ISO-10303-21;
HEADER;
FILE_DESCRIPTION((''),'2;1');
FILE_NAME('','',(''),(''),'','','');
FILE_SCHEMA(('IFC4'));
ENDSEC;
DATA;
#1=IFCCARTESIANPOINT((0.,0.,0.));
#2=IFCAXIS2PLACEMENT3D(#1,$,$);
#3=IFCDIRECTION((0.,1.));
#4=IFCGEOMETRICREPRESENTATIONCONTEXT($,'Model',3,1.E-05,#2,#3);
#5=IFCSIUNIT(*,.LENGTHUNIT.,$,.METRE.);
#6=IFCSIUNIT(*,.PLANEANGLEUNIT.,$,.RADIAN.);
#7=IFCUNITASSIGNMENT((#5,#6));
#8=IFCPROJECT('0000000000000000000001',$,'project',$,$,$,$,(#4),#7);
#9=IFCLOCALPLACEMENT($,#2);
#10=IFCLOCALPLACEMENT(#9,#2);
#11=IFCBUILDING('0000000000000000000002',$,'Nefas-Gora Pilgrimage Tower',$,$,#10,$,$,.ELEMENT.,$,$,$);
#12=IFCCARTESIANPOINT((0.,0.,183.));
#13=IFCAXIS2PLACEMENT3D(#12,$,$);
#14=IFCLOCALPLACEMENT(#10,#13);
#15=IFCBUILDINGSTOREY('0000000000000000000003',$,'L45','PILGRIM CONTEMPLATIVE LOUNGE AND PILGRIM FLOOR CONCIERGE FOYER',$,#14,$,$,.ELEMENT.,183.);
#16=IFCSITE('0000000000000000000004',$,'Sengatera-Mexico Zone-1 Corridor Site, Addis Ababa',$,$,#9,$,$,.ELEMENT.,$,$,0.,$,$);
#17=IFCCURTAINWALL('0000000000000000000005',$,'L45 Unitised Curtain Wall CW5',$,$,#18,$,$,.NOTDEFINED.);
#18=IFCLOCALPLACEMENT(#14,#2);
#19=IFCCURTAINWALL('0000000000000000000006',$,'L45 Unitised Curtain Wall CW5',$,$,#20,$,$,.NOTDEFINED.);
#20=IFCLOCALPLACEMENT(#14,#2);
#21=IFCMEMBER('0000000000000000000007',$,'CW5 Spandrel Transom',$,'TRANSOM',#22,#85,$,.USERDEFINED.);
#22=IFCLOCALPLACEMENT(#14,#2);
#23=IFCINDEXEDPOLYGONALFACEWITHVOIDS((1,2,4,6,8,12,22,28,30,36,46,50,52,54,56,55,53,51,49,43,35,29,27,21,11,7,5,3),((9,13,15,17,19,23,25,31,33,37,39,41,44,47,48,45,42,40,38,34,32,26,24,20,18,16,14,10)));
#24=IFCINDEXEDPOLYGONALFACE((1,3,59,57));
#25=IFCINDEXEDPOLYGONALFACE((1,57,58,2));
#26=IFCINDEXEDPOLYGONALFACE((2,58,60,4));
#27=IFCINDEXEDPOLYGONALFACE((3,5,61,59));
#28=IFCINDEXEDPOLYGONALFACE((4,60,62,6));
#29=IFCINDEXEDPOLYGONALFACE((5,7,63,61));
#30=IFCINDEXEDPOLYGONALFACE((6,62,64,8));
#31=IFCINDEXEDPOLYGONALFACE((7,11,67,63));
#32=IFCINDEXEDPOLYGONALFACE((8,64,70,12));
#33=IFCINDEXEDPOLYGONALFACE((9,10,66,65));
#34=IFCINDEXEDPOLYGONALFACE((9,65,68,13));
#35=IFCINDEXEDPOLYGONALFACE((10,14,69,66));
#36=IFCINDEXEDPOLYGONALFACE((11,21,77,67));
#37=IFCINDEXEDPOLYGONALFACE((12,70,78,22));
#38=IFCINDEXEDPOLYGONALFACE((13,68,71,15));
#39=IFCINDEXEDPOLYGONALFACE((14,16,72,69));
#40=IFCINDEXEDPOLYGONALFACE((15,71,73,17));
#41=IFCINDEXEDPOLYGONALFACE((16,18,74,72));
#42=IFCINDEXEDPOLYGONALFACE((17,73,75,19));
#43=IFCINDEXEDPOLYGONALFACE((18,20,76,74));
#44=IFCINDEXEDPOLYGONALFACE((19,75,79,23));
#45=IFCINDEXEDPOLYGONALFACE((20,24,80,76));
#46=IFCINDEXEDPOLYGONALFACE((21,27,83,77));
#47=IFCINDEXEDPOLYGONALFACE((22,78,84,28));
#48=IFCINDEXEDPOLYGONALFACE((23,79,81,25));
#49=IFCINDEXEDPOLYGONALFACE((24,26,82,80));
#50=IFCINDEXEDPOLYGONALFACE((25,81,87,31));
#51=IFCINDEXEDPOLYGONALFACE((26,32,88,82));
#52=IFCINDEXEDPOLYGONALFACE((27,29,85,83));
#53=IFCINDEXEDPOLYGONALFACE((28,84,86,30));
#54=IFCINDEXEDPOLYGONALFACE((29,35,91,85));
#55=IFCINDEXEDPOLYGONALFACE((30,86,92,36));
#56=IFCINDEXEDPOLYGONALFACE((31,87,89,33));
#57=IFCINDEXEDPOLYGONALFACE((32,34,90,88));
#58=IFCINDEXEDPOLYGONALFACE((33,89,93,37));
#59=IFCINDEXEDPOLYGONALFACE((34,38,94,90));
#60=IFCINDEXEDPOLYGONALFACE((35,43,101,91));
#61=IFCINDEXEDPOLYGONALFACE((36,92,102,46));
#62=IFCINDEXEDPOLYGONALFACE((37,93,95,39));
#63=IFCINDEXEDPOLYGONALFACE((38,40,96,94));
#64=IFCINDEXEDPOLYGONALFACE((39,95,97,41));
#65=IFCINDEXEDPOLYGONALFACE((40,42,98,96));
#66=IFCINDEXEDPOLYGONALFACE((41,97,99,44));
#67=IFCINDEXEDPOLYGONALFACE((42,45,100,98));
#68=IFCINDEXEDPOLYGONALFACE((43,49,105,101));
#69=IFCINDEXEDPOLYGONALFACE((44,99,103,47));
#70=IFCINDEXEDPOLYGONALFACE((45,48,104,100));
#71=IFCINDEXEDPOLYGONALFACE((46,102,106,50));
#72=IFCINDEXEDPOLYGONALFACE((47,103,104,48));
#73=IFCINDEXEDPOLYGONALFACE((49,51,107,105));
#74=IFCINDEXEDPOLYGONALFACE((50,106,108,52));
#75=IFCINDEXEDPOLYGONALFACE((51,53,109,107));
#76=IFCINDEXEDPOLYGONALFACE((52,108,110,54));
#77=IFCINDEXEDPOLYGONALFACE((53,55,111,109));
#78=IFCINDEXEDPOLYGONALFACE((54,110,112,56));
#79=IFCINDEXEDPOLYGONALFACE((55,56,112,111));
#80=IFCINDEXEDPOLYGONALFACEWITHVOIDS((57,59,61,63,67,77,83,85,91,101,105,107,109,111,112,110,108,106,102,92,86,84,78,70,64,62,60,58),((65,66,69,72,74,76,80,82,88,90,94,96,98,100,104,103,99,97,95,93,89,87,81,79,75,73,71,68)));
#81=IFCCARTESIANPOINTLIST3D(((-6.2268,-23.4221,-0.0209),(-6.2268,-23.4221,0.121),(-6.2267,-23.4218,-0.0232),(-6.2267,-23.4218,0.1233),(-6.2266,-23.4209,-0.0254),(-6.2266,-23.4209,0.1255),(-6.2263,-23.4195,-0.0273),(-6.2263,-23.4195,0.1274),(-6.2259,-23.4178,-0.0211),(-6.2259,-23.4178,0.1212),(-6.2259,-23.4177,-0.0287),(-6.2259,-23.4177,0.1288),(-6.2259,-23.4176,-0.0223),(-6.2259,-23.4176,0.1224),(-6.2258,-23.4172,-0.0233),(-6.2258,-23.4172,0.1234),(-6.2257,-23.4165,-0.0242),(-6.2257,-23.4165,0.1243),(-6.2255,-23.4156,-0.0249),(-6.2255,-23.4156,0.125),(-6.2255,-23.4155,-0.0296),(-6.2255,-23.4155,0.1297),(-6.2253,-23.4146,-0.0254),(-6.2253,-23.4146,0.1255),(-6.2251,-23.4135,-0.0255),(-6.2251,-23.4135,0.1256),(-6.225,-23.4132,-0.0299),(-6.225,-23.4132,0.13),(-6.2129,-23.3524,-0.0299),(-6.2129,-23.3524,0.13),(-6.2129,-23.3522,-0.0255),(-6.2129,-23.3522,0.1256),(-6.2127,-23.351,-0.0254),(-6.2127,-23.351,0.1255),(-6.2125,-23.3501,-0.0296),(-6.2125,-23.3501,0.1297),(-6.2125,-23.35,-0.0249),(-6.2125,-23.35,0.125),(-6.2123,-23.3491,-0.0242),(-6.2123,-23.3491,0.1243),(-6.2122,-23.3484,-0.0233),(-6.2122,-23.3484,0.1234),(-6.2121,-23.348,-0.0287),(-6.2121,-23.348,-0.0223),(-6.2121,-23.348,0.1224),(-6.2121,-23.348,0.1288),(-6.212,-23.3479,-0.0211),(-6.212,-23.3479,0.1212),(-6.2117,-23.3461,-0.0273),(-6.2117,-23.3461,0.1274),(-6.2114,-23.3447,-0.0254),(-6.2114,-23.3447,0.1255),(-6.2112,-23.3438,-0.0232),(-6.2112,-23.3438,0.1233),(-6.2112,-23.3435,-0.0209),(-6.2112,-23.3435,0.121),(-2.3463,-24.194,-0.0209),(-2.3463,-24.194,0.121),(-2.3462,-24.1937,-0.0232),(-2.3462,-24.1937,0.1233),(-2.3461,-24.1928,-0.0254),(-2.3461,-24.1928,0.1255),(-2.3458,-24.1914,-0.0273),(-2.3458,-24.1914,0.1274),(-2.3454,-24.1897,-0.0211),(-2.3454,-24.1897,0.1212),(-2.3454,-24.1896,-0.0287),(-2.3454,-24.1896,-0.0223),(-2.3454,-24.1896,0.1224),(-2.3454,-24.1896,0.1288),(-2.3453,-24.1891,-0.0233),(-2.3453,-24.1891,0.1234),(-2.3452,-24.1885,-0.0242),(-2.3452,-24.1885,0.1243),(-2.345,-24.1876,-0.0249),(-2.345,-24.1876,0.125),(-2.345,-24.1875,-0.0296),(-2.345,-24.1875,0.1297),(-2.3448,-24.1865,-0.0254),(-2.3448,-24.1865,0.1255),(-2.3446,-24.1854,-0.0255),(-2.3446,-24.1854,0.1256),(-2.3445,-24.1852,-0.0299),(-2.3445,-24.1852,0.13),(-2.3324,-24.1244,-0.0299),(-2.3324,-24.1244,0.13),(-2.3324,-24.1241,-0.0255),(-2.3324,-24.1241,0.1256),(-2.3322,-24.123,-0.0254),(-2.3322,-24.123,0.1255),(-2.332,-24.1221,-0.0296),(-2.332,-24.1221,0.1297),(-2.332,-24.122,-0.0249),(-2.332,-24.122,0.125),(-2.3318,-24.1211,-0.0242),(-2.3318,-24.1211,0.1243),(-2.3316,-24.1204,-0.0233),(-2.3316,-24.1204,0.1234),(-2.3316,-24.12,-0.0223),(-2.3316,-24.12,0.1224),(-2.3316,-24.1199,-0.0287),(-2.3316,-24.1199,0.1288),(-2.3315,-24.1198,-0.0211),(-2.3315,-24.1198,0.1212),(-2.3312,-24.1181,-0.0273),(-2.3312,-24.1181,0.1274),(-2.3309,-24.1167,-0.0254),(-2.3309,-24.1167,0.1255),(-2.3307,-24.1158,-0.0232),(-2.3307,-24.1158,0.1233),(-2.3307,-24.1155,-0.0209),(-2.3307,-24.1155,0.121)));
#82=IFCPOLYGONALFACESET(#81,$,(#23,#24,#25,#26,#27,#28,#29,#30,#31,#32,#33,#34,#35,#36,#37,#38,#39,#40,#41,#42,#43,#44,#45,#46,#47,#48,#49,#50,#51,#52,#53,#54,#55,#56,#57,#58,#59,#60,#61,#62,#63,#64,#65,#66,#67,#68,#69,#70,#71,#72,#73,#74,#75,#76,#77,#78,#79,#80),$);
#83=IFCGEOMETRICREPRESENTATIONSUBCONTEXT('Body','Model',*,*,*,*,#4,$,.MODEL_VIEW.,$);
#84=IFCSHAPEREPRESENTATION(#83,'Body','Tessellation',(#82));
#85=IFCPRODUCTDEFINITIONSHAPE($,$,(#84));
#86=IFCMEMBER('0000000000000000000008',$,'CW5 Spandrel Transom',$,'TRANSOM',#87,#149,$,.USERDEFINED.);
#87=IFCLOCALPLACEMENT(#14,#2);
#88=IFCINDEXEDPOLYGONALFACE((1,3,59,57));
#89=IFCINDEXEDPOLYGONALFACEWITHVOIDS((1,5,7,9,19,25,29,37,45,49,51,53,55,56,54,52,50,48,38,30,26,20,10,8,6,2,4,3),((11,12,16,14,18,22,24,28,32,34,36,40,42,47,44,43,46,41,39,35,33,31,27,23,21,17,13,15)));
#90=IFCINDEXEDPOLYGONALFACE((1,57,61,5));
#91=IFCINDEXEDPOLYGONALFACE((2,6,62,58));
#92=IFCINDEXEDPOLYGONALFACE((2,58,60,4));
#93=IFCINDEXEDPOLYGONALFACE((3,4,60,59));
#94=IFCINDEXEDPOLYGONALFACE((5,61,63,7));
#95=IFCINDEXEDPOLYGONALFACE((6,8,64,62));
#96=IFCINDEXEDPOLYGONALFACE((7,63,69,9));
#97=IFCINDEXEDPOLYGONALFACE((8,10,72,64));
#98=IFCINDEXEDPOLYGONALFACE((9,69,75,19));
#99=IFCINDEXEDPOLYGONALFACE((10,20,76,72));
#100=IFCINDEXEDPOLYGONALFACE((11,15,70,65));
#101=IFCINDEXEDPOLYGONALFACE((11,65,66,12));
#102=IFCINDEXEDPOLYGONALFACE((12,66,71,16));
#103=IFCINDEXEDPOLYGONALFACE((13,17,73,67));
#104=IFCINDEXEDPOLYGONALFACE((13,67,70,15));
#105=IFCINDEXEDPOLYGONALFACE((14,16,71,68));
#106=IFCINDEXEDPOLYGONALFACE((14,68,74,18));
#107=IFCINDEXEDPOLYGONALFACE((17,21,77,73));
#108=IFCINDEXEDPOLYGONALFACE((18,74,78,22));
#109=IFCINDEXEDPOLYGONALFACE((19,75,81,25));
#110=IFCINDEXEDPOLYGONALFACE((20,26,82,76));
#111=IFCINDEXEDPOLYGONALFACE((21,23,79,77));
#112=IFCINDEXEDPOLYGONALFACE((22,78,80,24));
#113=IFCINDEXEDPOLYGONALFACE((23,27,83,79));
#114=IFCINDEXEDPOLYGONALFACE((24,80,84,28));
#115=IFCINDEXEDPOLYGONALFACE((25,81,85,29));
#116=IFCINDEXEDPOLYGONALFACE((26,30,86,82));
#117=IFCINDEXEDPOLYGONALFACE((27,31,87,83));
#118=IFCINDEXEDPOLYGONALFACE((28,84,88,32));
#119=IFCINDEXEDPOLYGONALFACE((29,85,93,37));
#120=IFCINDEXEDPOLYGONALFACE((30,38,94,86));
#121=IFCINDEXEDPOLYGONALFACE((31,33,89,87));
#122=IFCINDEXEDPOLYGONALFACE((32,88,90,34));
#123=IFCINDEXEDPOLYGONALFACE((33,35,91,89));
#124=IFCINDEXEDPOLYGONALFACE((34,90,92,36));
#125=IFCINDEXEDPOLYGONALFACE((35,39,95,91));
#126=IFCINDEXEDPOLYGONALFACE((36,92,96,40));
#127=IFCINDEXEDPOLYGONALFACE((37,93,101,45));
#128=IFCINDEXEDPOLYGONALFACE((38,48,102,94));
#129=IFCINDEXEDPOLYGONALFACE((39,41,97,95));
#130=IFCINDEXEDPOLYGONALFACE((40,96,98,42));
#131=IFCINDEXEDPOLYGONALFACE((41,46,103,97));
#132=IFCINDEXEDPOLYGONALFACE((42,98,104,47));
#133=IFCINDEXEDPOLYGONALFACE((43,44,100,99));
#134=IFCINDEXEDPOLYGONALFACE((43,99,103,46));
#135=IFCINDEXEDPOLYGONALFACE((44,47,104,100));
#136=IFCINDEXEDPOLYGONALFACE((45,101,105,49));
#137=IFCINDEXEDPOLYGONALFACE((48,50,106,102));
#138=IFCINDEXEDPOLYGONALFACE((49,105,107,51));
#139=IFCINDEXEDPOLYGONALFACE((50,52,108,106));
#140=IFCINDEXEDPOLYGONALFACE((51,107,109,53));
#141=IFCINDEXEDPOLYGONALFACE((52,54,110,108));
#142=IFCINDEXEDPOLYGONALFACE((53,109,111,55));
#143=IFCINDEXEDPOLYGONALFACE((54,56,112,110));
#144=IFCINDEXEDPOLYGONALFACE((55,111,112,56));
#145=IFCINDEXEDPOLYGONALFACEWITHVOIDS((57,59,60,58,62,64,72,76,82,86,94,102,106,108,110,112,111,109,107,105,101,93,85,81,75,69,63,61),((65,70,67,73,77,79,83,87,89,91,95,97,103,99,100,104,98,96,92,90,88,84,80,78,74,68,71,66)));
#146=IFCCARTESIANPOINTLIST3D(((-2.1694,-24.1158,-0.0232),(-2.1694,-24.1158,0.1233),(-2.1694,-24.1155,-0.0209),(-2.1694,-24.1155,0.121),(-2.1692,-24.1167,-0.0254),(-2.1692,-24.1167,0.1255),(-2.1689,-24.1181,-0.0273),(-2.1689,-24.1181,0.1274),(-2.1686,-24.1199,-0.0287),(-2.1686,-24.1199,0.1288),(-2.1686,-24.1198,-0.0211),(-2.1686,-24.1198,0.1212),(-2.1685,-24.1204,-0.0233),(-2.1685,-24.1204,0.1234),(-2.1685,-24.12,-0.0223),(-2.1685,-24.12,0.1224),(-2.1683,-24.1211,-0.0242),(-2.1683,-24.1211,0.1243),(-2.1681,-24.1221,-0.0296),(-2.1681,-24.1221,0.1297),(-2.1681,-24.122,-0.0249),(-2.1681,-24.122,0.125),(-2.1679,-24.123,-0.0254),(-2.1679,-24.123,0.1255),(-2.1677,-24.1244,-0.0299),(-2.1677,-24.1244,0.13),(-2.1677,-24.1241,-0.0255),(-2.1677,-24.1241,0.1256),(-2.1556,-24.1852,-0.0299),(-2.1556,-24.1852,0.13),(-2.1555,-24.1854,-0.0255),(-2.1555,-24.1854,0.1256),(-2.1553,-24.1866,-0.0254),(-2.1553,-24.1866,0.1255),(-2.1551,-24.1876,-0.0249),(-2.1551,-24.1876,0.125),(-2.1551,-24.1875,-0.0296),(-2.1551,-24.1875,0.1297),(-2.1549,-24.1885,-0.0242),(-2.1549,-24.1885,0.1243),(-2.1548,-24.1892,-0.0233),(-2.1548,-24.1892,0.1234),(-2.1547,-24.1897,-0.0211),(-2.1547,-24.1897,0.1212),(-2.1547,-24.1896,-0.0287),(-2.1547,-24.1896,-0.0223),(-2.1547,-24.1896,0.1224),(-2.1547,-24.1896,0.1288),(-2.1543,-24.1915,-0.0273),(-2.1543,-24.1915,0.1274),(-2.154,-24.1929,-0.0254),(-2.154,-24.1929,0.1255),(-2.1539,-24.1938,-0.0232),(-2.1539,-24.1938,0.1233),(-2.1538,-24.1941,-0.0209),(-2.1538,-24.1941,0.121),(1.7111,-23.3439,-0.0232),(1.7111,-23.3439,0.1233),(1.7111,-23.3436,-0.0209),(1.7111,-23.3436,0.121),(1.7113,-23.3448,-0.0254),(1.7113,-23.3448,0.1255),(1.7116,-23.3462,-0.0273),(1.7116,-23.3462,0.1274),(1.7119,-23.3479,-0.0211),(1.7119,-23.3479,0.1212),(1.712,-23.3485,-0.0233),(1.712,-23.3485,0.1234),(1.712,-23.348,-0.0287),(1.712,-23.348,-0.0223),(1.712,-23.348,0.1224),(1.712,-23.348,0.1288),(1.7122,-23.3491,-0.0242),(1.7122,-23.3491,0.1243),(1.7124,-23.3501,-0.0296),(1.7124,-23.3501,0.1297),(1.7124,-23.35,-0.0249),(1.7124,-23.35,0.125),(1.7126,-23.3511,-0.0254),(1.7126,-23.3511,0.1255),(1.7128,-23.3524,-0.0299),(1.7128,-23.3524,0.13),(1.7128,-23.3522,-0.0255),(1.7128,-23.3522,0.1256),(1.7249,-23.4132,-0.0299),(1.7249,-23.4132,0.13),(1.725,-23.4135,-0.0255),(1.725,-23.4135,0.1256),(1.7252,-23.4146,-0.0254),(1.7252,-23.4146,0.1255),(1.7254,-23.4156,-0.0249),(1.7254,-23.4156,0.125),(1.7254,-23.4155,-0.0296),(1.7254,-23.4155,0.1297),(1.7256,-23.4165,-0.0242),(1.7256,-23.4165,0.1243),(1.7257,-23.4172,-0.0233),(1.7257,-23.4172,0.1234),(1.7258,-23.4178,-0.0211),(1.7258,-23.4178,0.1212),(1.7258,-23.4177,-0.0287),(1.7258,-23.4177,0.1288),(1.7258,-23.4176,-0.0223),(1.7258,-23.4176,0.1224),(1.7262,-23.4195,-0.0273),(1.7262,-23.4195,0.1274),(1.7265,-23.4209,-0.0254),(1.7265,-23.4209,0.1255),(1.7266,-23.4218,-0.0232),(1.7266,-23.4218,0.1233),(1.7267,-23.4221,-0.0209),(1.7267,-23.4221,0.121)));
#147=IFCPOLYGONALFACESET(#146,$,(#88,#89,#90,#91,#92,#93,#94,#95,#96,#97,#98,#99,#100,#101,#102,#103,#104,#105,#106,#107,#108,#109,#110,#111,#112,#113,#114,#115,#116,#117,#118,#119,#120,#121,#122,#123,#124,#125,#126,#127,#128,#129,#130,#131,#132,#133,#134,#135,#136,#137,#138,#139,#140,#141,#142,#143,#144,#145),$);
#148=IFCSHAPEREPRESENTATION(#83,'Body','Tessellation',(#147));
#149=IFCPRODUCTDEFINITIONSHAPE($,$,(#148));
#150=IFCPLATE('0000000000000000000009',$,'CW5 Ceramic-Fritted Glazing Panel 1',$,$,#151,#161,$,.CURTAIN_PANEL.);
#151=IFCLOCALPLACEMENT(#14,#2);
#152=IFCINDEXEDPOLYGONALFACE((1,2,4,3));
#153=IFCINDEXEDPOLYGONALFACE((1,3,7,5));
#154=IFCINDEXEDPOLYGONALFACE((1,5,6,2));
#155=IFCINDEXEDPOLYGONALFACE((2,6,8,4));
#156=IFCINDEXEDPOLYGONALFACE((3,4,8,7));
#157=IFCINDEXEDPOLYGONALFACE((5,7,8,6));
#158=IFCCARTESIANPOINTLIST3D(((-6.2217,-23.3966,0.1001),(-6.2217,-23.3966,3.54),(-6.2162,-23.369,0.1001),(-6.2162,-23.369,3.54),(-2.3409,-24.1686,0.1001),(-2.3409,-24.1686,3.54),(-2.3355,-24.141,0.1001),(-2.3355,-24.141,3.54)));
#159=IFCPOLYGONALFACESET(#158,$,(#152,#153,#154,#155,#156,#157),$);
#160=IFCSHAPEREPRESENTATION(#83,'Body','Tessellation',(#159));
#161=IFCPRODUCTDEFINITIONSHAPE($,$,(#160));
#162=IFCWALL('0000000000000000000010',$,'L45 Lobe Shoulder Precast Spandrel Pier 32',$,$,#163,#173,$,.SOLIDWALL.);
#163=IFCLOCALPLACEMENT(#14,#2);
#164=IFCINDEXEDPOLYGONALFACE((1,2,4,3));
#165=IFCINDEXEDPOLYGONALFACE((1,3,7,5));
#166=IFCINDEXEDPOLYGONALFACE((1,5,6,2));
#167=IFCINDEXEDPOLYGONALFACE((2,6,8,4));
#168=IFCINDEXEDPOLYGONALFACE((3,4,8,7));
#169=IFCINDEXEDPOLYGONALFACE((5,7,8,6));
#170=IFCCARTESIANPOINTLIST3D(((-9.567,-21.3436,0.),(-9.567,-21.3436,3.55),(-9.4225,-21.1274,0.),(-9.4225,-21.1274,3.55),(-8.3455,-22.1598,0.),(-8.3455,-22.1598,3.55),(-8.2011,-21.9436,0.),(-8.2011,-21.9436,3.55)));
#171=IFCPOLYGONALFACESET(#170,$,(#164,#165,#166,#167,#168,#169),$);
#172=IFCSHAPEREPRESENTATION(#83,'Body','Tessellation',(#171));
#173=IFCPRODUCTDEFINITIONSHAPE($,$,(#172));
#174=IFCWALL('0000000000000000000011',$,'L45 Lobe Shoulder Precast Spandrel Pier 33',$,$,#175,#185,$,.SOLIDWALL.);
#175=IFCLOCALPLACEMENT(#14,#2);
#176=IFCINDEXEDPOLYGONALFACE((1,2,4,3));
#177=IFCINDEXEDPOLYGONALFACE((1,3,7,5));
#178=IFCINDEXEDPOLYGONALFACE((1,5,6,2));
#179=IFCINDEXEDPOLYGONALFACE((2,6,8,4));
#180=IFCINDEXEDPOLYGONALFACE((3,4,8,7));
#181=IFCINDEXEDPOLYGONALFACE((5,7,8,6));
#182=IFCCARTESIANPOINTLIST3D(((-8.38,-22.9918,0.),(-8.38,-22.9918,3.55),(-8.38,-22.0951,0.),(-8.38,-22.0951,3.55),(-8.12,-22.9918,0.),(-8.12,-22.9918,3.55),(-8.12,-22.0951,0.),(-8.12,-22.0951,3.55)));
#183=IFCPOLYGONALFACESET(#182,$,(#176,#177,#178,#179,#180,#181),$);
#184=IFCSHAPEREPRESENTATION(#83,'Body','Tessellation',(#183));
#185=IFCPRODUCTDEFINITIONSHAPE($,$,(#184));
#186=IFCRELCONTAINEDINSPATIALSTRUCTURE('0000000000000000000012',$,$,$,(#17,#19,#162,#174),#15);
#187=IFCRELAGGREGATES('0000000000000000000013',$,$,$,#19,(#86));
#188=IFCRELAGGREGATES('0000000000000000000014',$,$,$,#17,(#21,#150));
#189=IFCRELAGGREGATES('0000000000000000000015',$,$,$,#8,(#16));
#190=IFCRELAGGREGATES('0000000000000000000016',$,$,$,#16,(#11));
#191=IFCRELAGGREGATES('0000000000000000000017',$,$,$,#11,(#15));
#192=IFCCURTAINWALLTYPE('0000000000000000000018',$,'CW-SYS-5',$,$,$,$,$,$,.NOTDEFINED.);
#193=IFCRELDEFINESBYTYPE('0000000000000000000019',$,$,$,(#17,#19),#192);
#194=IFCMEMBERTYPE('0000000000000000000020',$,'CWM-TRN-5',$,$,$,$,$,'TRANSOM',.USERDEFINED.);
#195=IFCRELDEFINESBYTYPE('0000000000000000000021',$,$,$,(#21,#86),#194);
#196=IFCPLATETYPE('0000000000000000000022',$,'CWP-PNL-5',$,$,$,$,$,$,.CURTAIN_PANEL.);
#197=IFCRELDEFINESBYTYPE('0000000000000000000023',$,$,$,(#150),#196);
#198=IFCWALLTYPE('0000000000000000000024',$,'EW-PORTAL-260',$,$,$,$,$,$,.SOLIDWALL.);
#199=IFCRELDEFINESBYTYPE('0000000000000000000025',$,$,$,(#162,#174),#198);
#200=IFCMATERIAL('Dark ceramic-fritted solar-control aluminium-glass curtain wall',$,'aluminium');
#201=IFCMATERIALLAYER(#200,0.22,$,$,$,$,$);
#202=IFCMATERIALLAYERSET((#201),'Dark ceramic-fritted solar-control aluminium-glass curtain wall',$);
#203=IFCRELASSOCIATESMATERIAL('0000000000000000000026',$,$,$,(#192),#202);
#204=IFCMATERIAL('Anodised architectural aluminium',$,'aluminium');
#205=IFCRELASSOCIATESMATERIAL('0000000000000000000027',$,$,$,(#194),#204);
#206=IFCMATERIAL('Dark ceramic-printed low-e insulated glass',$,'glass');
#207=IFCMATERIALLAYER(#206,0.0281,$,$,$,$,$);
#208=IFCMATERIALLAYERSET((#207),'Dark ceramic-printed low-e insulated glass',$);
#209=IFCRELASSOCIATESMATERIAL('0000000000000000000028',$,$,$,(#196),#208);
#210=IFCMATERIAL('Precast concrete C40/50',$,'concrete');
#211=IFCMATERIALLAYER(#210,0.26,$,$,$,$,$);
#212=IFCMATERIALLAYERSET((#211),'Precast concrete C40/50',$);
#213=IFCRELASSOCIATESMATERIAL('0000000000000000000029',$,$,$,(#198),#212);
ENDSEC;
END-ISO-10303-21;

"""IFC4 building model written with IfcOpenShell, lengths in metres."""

from ifc_helpers import new_model, si_unit, direction, frame, frame_2d, origin, origin_2d, place, context, subcontext, project, spatial, rectangle, hollow_rectangle, extrude, source, transform, mapped, material, layer, layer_set, material_profile, profile_set, type_object, element, aggregate, save


model = new_model("IFC4")

# Units and contexts
model_context = context("Model", 3, precision=1e-05, world=origin(), true_north=direction((0.0, 1.0)))
body_context = subcontext(model_context, "Body", "Model", "MODEL_VIEW")
ifc_project = project(units=[si_unit("LENGTHUNIT", "METRE"), si_unit("PLANEANGLEUNIT", "RADIAN")], contexts=[model_context])

# Site, building, storey
site_placement = place(None, origin())
site = spatial("IfcSite", under=ifc_project, at=site_placement, Name="Sengatera-Mexico Zone-1 Corridor Site, Addis Ababa", CompositionType="ELEMENT", RefElevation=0.0)
building_placement = place(site_placement, origin())
building = spatial("IfcBuilding", under=site, at=building_placement, Name="Nefas-Gora Pilgrimage Tower", CompositionType="ELEMENT")
storey_placement = place(building_placement, frame((0.0, 0.0, 183.0)))
storey = spatial("IfcBuildingStorey", under=building, at=storey_placement, Name="L45", Description="PILGRIM CONTEMPLATIVE LOUNGE AND PILGRIM FLOOR CONCIERGE FOYER", CompositionType="ELEMENT", Elevation=183.0)

# Shared definitions
ifc_material_1 = material(Name="Dark ceramic-fritted solar-control aluminium-glass curtain wall", Category="aluminium")
ifc_layer_1 = layer(ifc_material_1, 0.22)
ifc_layer_set_1 = layer_set([ifc_layer_1], Name="Dark ceramic-fritted solar-control aluminium-glass curtain wall")
curtain_wall_type = type_object("IfcCurtainWallType", Name="CW-SYS-5", PredefinedType="NOTDEFINED", material=ifc_layer_set_1)
ifc_material_2 = material(Name="Anodised architectural aluminium", Category="aluminium")

# Curtain wall
curtain_wall_1_placement = place(storey_placement, origin())
curtain_wall_1 = element("IfcCurtainWall", 1, at=curtain_wall_1_placement, inside=storey, type_object=curtain_wall_type, Name="L45 Unitised Curtain Wall CW5", PredefinedType="NOTDEFINED")

# Curtain wall
curtain_wall_2_placement = place(storey_placement, origin())
curtain_wall_2 = element("IfcCurtainWall", 2, at=curtain_wall_2_placement, inside=storey, type_object=curtain_wall_type, Name="L45 Unitised Curtain Wall CW5", PredefinedType="NOTDEFINED")

# Members
ifc_material_profile_1 = material_profile(ifc_material_2, hollow_rectangle(XDim=0.0801, YDim=0.1599, WallThickness=0.0044, InnerFilletRadius=0.0044, OuterFilletRadius=0.009, at=origin_2d()), Name="ALU TRANSOM 80x160")
ifc_profile_set_1 = profile_set([ifc_material_profile_1], Name="Anodised architectural aluminium")
member_type_1 = type_object("IfcMemberType", Name="CWM-TRN-5", ElementType="TRANSOM", PredefinedType="USERDEFINED", material=ifc_profile_set_1)
shared_shape_1 = source(origin(), body_context, "Body", "SweptSolid", [
    extrude(hollow_rectangle(XDim=0.0801, YDim=0.1599, WallThickness=0.0044, InnerFilletRadius=0.0044, OuterFilletRadius=0.009, at=origin_2d()), origin(), (0.0, 0.0, 1.0), 3.9565),
])
member_1_placement = place(storey_placement, frame((-6.219, -23.3828, 0.05), z_axis=(0.980782, -0.195107, 0.0), x_axis=(0.195107, 0.980782, 0.0)))
member_1 = element("IfcMember", 3, at=member_1_placement, type_object=member_type_1, Name="CW5 Spandrel Transom", ObjectType="TRANSOM", PredefinedType="USERDEFINED", context=body_context, shape_type="MappedRepresentation", body=[
    mapped(shared_shape_1, transform((0.0, 0.0, 0.0), x_axis=(1.0, 0.0, 0.0), y_axis=(0.0, 1.0, 0.0), z_axis=(0.0, 0.0, 1.0), scale=1.0)),
])
member_2_placement = place(storey_placement, frame((-2.1616, -24.1548, 0.05), z_axis=(0.980782, 0.195107, 0.0), x_axis=(-0.195107, 0.980782, 0.0)))
member_2 = element("IfcMember", 4, at=member_2_placement, type_object=member_type_1, Name="CW5 Spandrel Transom", ObjectType="TRANSOM", PredefinedType="USERDEFINED", context=body_context, shape_type="MappedRepresentation", body=[
    mapped(shared_shape_1, transform((0.0, 0.0, 0.0), x_axis=(1.0, 0.0, 0.0), y_axis=(0.0, 1.0, 0.0), z_axis=(0.0, 0.0, 1.0), scale=1.0)),
])
aggregate(curtain_wall_2, [member_2])

# Plate
ifc_material_3 = material(Name="Dark ceramic-printed low-e insulated glass", Category="glass")
ifc_layer_2 = layer(ifc_material_3, 0.0281)
ifc_layer_set_2 = layer_set([ifc_layer_2], Name="Dark ceramic-printed low-e insulated glass")
plate_type = type_object("IfcPlateType", Name="CWP-PNL-5", PredefinedType="CURTAIN_PANEL", material=ifc_layer_set_2)
shared_shape_2 = source(origin(), body_context, "Body", "SweptSolid", [
    extrude(rectangle(XDim=3.9568, YDim=0.0281, at=origin_2d()), origin(), (0.0, 0.0, 1.0), 3.4399),
])
plate_placement = place(storey_placement, frame((-4.2786, -23.7688, 0.1001), z_axis=(0.0, 0.0, 1.0), x_axis=(0.980783, -0.195102, 0.0)))
plate = element("IfcPlate", 5, at=plate_placement, type_object=plate_type, Name="CW5 Ceramic-Fritted Glazing Panel 1", PredefinedType="CURTAIN_PANEL", context=body_context, shape_type="MappedRepresentation", body=[
    mapped(shared_shape_2, transform((0.0, 0.0, 0.0), x_axis=(1.0, 0.0, 0.0), y_axis=(0.0, 1.0, 0.0), z_axis=(0.0, 0.0, 1.0), scale=1.0)),
])
aggregate(curtain_wall_1, [member_1, plate])

# Walls
ifc_material_4 = material(Name="Precast concrete C40/50", Category="concrete")
ifc_layer_3 = layer(ifc_material_4, 0.26)
ifc_layer_set_3 = layer_set([ifc_layer_3], Name="Precast concrete C40/50")
wall_type_1 = type_object("IfcWallType", Name="EW-PORTAL-260", PredefinedType="SOLIDWALL", material=ifc_layer_set_3)
shared_shape_3 = source(origin(), body_context, "Body", "SweptSolid", [
    extrude(rectangle(XDim=1.469, YDim=0.26, at=frame_2d((0.7344, 0.0))), origin(), (0.0, 0.0, 1.0), 3.55),
])
wall_1_placement = place(storey_placement, frame((-9.4946, -21.2356, 0.0), z_axis=(0.0, 0.0, 1.0), x_axis=(0.831462, -0.555582, 0.0)))
element("IfcWall", 6, at=wall_1_placement, inside=storey, type_object=wall_type_1, Name="L45 Lobe Shoulder Precast Spandrel Pier 32", PredefinedType="SOLIDWALL", context=body_context, shape_type="MappedRepresentation", body=[
    mapped(shared_shape_3, transform((0.0, 0.0, 0.0), x_axis=(1.0, 0.0, 0.0), y_axis=(0.0, 1.0, 0.0), z_axis=(0.0, 0.0, 1.0), scale=1.0)),
])
shared_shape_4 = source(origin(), body_context, "Body", "SweptSolid", [
    extrude(rectangle(XDim=0.8967, YDim=0.26, at=frame_2d((0.4482, 0.0))), origin(), (0.0, 0.0, 1.0), 3.55),
])
wall_2_placement = place(storey_placement, frame((-8.25, -22.0952, 0.0), z_axis=(0.0, 0.0, 1.0), x_axis=(0.0, -1.0, 0.0)))
element("IfcWall", 7, at=wall_2_placement, inside=storey, type_object=wall_type_1, Name="L45 Lobe Shoulder Precast Spandrel Pier 33", PredefinedType="SOLIDWALL", context=body_context, shape_type="MappedRepresentation", body=[
    mapped(shared_shape_4, transform((0.0, 0.0, 0.0), x_axis=(1.0, 0.0, 0.0), y_axis=(0.0, 1.0, 0.0), z_axis=(0.0, 0.0, 1.0), scale=1.0)),
])

save(model, "model.ifc")
